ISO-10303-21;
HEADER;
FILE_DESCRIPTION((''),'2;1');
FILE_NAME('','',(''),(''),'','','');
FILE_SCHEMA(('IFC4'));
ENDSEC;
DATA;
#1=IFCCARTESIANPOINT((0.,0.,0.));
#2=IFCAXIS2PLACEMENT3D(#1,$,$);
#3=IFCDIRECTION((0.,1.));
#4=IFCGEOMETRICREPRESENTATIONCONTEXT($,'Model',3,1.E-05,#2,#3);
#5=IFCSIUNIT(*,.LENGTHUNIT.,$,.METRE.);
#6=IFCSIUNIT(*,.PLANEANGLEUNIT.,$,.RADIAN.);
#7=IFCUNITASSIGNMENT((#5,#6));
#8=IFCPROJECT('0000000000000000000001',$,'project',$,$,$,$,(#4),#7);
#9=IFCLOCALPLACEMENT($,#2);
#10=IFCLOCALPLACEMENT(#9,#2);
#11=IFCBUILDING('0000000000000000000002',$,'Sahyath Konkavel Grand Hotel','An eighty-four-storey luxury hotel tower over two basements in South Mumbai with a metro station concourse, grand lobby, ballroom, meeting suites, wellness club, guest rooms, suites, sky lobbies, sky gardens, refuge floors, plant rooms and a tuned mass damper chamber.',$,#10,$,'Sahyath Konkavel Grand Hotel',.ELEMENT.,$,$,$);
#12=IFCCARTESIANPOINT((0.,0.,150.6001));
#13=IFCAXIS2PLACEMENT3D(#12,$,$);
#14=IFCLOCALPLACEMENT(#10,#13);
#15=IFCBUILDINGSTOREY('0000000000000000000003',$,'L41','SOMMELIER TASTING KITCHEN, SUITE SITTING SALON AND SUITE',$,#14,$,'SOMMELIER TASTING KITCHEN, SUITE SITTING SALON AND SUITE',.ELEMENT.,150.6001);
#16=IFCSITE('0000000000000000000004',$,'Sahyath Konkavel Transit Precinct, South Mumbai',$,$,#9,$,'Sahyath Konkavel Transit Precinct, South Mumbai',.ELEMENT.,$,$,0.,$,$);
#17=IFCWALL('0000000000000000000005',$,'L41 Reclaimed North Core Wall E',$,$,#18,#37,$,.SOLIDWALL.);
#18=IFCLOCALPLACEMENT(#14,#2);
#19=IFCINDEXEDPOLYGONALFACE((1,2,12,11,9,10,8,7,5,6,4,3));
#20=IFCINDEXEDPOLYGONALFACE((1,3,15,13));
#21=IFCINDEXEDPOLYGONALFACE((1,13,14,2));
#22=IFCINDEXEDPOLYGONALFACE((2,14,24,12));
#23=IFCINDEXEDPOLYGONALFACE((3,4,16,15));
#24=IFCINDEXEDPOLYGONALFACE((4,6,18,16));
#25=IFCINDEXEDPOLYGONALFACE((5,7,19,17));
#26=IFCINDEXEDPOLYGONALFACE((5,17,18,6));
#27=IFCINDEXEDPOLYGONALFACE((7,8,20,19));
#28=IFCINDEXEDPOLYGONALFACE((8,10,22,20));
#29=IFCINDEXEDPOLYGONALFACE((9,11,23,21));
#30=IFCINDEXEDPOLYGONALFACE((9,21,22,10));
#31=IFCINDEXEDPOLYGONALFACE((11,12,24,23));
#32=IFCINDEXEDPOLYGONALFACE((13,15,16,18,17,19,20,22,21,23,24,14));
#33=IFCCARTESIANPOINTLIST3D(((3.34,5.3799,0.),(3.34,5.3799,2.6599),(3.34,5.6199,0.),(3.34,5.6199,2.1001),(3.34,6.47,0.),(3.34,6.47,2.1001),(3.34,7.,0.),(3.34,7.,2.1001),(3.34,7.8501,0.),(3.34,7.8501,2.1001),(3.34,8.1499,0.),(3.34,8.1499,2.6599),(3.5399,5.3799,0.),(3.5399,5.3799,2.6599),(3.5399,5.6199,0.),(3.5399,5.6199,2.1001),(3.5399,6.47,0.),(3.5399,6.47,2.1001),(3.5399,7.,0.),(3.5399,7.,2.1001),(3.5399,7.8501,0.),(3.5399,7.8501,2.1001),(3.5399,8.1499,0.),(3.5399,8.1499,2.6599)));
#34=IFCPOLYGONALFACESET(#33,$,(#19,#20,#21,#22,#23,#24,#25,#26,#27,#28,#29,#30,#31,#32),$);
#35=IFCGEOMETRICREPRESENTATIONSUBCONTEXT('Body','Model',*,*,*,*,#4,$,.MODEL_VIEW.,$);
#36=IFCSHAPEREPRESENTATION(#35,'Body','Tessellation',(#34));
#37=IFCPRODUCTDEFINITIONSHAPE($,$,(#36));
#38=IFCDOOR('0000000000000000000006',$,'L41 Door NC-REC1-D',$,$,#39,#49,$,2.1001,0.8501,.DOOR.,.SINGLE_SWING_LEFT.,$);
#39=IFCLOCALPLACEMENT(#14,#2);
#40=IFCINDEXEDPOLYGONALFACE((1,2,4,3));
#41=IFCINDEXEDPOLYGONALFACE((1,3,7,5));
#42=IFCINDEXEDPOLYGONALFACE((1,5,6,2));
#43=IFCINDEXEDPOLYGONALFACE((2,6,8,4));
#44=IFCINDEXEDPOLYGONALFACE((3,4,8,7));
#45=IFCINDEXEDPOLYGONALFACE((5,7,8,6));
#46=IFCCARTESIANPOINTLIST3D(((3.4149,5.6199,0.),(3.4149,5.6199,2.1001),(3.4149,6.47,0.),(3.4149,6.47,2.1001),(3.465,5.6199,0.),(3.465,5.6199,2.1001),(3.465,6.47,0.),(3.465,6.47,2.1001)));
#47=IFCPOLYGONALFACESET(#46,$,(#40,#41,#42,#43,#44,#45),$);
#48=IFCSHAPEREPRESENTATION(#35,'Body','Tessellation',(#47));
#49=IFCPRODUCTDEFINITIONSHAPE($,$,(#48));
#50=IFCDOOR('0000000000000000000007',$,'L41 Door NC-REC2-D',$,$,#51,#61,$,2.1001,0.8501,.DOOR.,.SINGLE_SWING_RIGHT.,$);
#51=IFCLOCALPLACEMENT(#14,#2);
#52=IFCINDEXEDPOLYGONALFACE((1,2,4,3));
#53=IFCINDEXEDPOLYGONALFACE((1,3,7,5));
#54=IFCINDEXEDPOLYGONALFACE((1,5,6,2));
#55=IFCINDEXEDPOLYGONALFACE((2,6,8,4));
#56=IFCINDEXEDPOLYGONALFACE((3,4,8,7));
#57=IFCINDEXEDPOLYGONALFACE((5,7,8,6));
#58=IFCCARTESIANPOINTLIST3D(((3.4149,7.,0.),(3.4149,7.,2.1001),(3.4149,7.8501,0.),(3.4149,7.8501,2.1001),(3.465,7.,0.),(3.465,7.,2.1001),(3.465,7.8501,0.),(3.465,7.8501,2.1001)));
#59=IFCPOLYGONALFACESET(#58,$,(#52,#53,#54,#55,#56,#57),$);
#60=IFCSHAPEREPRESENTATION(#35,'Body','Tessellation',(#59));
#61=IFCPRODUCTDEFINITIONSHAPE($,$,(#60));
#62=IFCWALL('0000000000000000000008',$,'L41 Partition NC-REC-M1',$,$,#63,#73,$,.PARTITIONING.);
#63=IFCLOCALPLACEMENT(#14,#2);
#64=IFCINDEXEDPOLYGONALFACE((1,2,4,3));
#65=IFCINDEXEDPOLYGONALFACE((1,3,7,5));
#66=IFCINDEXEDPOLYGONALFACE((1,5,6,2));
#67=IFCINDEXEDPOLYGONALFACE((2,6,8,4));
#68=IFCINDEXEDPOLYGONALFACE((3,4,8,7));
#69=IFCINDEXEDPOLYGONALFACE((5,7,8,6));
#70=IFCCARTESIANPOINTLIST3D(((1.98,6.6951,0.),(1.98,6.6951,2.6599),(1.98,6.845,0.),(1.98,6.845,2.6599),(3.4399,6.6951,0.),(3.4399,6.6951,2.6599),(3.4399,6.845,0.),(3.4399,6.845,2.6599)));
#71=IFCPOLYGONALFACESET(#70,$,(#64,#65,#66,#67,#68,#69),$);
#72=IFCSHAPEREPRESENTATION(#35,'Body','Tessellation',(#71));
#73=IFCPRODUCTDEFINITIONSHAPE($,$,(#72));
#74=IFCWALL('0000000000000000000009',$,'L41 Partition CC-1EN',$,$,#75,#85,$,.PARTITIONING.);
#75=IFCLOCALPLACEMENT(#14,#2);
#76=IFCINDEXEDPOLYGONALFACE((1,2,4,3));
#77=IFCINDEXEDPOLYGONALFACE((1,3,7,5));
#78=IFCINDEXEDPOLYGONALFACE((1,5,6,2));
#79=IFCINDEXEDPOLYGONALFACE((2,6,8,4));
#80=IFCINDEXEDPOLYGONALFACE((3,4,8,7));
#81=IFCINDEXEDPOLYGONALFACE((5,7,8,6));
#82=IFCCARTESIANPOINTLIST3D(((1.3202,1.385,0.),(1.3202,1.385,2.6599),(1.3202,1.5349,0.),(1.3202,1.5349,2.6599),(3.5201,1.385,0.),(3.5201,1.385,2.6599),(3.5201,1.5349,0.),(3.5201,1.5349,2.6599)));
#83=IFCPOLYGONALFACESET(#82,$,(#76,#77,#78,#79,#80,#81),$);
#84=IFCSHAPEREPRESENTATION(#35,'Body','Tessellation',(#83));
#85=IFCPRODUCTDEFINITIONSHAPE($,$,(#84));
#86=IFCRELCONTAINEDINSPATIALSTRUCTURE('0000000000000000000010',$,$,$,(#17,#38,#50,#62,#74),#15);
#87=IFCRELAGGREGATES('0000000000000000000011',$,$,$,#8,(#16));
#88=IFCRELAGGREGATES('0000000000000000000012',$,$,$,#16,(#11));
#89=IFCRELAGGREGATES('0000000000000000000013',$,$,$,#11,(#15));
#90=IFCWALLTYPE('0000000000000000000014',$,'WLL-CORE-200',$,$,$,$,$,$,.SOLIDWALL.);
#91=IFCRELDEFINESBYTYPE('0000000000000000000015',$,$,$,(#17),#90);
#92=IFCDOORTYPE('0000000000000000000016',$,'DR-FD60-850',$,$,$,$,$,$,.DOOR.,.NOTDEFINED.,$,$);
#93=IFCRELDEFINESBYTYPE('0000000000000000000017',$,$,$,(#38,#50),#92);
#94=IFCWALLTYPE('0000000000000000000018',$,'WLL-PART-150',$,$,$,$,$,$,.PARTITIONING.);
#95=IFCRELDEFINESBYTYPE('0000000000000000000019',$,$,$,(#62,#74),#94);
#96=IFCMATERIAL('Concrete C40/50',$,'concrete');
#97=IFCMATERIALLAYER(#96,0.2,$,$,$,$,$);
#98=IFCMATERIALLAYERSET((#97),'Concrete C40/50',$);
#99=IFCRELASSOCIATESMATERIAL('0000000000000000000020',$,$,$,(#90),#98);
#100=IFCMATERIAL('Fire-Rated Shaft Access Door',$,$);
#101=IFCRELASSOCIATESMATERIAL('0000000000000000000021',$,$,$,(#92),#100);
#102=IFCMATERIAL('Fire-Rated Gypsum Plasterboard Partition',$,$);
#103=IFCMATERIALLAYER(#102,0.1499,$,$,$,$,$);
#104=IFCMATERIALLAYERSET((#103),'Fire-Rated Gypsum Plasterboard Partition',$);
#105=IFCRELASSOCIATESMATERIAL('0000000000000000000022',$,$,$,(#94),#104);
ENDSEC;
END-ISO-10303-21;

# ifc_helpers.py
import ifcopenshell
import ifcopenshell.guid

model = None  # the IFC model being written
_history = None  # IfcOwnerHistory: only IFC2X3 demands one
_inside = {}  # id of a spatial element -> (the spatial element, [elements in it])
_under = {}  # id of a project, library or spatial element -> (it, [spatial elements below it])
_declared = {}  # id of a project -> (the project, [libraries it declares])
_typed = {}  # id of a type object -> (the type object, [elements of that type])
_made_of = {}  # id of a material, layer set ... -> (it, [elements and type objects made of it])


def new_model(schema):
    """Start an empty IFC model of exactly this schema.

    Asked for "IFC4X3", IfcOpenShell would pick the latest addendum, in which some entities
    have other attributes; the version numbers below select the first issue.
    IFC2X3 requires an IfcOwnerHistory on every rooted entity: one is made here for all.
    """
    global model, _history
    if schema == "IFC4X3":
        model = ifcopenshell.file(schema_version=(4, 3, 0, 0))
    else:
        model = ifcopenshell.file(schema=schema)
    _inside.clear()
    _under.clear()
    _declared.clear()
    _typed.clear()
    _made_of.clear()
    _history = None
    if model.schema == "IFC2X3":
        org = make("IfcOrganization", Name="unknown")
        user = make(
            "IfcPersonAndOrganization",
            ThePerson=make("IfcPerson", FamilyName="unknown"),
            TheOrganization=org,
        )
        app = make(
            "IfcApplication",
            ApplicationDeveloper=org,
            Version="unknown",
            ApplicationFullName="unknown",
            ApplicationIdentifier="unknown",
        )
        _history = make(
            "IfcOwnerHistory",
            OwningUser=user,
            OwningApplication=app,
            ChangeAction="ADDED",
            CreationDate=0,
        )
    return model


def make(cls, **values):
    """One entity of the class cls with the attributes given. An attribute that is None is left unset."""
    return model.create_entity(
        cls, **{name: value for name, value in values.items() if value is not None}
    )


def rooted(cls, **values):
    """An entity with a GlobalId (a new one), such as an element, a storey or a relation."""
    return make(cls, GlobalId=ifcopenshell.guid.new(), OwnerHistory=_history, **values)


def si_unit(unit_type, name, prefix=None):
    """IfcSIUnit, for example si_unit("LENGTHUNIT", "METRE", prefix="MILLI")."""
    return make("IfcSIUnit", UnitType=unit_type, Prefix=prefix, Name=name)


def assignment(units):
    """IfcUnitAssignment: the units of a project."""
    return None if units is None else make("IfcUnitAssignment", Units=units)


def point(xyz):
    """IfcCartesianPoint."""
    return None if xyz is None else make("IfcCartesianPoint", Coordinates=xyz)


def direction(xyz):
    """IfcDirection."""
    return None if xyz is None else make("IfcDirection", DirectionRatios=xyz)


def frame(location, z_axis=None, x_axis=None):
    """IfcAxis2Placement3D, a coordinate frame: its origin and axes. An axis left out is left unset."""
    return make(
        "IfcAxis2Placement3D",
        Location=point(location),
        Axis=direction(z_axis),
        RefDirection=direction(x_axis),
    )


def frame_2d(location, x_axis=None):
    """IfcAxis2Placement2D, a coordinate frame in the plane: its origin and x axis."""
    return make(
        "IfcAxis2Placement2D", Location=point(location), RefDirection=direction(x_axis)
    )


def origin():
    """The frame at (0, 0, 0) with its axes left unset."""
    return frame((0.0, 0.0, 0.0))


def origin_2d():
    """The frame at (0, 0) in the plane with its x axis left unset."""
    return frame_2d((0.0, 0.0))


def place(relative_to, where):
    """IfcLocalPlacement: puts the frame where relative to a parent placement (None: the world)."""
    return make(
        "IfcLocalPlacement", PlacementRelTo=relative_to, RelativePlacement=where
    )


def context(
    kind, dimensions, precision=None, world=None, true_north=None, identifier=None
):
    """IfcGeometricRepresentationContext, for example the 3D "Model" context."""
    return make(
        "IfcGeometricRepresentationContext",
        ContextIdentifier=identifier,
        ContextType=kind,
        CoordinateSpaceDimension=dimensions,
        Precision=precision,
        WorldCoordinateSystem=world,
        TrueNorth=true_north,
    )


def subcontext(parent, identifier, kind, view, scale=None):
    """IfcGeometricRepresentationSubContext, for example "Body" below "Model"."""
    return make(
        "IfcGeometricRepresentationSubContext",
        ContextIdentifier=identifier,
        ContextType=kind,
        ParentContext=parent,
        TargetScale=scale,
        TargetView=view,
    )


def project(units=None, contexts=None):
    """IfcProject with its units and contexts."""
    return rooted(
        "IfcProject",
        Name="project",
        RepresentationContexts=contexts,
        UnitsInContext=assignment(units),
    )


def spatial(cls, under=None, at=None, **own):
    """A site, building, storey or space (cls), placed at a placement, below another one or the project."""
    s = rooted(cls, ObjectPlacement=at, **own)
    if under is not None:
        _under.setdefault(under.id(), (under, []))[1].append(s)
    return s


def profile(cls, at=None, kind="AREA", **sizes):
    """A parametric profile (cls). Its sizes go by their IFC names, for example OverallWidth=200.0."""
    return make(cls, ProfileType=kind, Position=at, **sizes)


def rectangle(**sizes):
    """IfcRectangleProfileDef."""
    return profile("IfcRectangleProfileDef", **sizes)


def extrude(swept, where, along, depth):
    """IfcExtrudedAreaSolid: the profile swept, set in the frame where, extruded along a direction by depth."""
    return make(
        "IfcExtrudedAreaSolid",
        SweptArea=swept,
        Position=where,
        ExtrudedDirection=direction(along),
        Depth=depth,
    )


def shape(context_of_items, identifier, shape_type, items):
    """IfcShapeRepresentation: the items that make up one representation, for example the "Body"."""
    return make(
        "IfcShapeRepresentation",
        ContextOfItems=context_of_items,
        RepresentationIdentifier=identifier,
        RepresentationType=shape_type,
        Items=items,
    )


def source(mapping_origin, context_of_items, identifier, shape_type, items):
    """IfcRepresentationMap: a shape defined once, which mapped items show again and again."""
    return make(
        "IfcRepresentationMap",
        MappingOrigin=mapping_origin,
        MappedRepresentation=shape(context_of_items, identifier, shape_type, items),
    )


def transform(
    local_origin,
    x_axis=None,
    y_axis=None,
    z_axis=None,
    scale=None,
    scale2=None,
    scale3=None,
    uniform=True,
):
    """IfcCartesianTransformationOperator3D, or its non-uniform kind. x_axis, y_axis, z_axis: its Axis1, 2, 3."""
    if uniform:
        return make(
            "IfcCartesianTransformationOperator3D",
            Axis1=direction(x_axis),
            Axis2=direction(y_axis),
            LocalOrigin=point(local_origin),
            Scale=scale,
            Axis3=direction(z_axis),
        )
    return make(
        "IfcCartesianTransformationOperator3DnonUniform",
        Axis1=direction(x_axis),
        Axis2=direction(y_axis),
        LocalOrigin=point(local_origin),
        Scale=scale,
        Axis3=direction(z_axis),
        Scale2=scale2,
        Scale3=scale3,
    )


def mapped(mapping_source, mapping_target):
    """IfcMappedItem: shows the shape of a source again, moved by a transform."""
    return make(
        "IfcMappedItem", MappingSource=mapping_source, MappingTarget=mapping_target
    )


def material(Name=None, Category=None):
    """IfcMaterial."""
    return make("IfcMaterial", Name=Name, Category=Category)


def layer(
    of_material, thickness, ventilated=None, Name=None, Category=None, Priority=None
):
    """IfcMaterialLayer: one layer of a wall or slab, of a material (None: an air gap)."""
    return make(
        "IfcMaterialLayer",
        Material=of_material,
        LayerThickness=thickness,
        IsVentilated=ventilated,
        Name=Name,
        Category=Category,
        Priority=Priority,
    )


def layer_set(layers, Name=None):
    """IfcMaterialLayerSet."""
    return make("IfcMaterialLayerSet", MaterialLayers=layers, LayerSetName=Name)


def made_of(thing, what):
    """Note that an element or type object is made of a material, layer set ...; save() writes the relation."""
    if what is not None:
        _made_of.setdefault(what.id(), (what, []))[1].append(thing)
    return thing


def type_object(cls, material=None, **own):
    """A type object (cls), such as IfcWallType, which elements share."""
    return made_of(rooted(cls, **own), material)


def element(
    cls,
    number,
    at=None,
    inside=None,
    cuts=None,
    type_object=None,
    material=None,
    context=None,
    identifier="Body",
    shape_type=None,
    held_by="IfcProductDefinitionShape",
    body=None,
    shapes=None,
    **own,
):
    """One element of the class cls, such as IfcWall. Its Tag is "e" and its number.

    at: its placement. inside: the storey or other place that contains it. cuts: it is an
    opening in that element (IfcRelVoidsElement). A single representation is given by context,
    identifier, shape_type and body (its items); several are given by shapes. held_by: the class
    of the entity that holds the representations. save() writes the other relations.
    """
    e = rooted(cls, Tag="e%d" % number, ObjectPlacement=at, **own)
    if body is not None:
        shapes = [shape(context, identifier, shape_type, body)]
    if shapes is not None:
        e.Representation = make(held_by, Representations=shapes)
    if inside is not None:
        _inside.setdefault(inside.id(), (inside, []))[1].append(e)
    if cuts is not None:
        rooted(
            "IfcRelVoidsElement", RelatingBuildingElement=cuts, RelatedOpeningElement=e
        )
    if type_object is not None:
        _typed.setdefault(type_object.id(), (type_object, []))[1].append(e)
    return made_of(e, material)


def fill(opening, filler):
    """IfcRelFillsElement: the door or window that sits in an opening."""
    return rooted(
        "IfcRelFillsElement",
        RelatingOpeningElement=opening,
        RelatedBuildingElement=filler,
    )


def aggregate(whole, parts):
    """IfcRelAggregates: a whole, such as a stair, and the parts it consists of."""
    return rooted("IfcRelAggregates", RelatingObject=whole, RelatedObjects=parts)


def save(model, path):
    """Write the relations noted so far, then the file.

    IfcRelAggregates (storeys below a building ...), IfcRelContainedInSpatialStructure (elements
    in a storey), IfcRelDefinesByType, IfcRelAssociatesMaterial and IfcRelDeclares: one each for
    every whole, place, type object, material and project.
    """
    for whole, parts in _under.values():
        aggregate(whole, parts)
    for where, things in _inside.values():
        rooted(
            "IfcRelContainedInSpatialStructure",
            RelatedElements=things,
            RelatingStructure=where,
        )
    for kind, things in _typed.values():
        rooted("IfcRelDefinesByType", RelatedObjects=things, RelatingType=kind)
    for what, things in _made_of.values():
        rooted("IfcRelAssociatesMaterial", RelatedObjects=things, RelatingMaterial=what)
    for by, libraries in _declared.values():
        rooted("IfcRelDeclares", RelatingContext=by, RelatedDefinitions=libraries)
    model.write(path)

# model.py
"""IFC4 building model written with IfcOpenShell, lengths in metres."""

from ifc_helpers import new_model, si_unit, direction, frame, frame_2d, origin, origin_2d, place, context, subcontext, project, spatial, rectangle, extrude, source, transform, mapped, material, layer, layer_set, type_object, element, fill, save


model = new_model("IFC4")

# Units and contexts
model_context = context("Model", 3, precision=1e-05, world=origin(), true_north=direction((0.0, 1.0)))
body_context = subcontext(model_context, "Body", "Model", "MODEL_VIEW")
ifc_project = project(units=[si_unit("LENGTHUNIT", "METRE"), si_unit("PLANEANGLEUNIT", "RADIAN")], contexts=[model_context])

# Site, building, storey
site_placement = place(None, origin())
site = spatial("IfcSite", under=ifc_project, at=site_placement, Name="Sahyath Konkavel Transit Precinct, South Mumbai", LongName="Sahyath Konkavel Transit Precinct, South Mumbai", CompositionType="ELEMENT", RefElevation=0.0)
building_placement = place(site_placement, origin())
building = spatial("IfcBuilding", under=site, at=building_placement, Name="Sahyath Konkavel Grand Hotel", Description="An eighty-four-storey luxury hotel tower over two basements in South Mumbai with a metro station concourse, grand lobby, ballroom, meeting suites, wellness club, guest rooms, suites, sky lobbies, sky gardens, refuge floors, plant rooms and a tuned mass damper chamber.", LongName="Sahyath Konkavel Grand Hotel", CompositionType="ELEMENT")
storey_placement = place(building_placement, frame((0.0, 0.0, 150.6001)))
storey = spatial("IfcBuildingStorey", under=building, at=storey_placement, Name="L41", Description="SOMMELIER TASTING KITCHEN, SUITE SITTING SALON AND SUITE", LongName="SOMMELIER TASTING KITCHEN, SUITE SITTING SALON AND SUITE", CompositionType="ELEMENT", Elevation=150.6001)

# Shared definitions
ifc_material_1 = material(Name="Concrete C40/50", Category="concrete")

# Shared definitions
ifc_layer_1 = layer(ifc_material_1, 0.2)
ifc_layer_set_1 = layer_set([ifc_layer_1], Name="Concrete C40/50")
wall_type_1 = type_object("IfcWallType", Name="WLL-CORE-200", PredefinedType="SOLIDWALL", material=ifc_layer_set_1)
shared_shape_1 = source(origin(), body_context, "Body", "SweptSolid", [
    extrude(rectangle(XDim=0.8501, YDim=0.05, at=origin_2d()), origin(), (0.0, 0.0, 1.0), 2.1001),
])

# Wall, openings, doors
wall_1_placement = place(storey_placement, frame((3.4399, 5.3799, 0.0), z_axis=(0.0, 0.0, 1.0), x_axis=(0.0, 1.0, 0.0)))
wall_1 = element("IfcWall", 1, at=wall_1_placement, inside=storey, type_object=wall_type_1, Name="L41 Reclaimed North Core Wall E", PredefinedType="SOLIDWALL", context=body_context, shape_type="SweptSolid", body=[
    extrude(rectangle(XDim=2.77, YDim=0.2, at=frame_2d((1.385, 0.0))), origin(), (0.0, 0.0, 1.0), 2.6599),
])
opening_1_placement = place(wall_1_placement, frame((0.24, 0.0, 0.0)))
opening_1 = element("IfcOpeningElement", 2, at=opening_1_placement, cuts=wall_1, PredefinedType="OPENING", context=body_context, shape_type="SweptSolid", body=[
    extrude(rectangle(XDim=0.8501, YDim=2.1001, at=frame_2d((0.425, 1.05))), frame((0.0, 0.1099, 0.0), z_axis=(0.0, -1.0, 0.0), x_axis=(1.0, 0.0, 0.0)), (0.0, 0.0, 1.0), 0.22),
])
opening_2_placement = place(wall_1_placement, frame((1.6201, 0.0, 0.0)))
opening_2 = element("IfcOpeningElement", 3, at=opening_2_placement, cuts=wall_1, PredefinedType="OPENING", context=body_context, shape_type="SweptSolid", body=[
    extrude(rectangle(XDim=0.8501, YDim=2.1001, at=frame_2d((0.425, 1.05))), frame((0.0, 0.1099, 0.0), z_axis=(0.0, -1.0, 0.0), x_axis=(1.0, 0.0, 0.0)), (0.0, 0.0, 1.0), 0.22),
])
ifc_material_2 = material(Name="Fire-Rated Shaft Access Door")
door_type_1 = type_object("IfcDoorType", Name="DR-FD60-850", OperationType="NOTDEFINED", PredefinedType="DOOR", material=ifc_material_2)
door_1_placement = place(opening_1_placement, frame((0.425, 0.0, 0.0)))
door_1 = element("IfcDoor", 4, at=door_1_placement, inside=storey, type_object=door_type_1, Name="L41 Door NC-REC1-D", OperationType="SINGLE_SWING_LEFT", OverallHeight=2.1001, OverallWidth=0.8501, PredefinedType="DOOR", context=body_context, shape_type="MappedRepresentation", body=[
    mapped(shared_shape_1, transform((0.0, 0.0, 0.0), scale=1.0)),
])
fill(opening_1, door_1)
door_2_placement = place(opening_2_placement, frame((0.425, 0.0, 0.0)))
door_2 = element("IfcDoor", 5, at=door_2_placement, inside=storey, type_object=door_type_1, Name="L41 Door NC-REC2-D", OperationType="SINGLE_SWING_RIGHT", OverallHeight=2.1001, OverallWidth=0.8501, PredefinedType="DOOR", context=body_context, shape_type="MappedRepresentation", body=[
    mapped(shared_shape_1, transform((0.0, 0.0, 0.0), scale=1.0)),
])
fill(opening_2, door_2)

# Walls
ifc_material_3 = material(Name="Fire-Rated Gypsum Plasterboard Partition")
ifc_layer_2 = layer(ifc_material_3, 0.1499)
ifc_layer_set_2 = layer_set([ifc_layer_2], Name="Fire-Rated Gypsum Plasterboard Partition")
wall_type_2 = type_object("IfcWallType", Name="WLL-PART-150", PredefinedType="PARTITIONING", material=ifc_layer_set_2)
wall_2_placement = place(storey_placement, frame((1.98, 6.77, 0.0), z_axis=(0.0, 0.0, 1.0), x_axis=(1.0, 0.0, 0.0)))
element("IfcWall", 6, at=wall_2_placement, inside=storey, type_object=wall_type_2, Name="L41 Partition NC-REC-M1", PredefinedType="PARTITIONING", context=body_context, shape_type="SweptSolid", body=[
    extrude(rectangle(XDim=1.46, YDim=0.1499, at=frame_2d((0.73, 0.0))), origin(), (0.0, 0.0, 1.0), 2.6599),
])
wall_3_placement = place(storey_placement, frame((1.3201, 1.46, 0.0), z_axis=(0.0, 0.0, 1.0), x_axis=(1.0, 0.0, 0.0)))
element("IfcWall", 7, at=wall_3_placement, inside=storey, type_object=wall_type_2, Name="L41 Partition CC-1EN", PredefinedType="PARTITIONING", context=body_context, shape_type="SweptSolid", body=[
    extrude(rectangle(XDim=2.2, YDim=0.1499, at=frame_2d((1.1001, 0.0))), origin(), (0.0, 0.0, 1.0), 2.6599),
])

save(model, "model.ifc")
